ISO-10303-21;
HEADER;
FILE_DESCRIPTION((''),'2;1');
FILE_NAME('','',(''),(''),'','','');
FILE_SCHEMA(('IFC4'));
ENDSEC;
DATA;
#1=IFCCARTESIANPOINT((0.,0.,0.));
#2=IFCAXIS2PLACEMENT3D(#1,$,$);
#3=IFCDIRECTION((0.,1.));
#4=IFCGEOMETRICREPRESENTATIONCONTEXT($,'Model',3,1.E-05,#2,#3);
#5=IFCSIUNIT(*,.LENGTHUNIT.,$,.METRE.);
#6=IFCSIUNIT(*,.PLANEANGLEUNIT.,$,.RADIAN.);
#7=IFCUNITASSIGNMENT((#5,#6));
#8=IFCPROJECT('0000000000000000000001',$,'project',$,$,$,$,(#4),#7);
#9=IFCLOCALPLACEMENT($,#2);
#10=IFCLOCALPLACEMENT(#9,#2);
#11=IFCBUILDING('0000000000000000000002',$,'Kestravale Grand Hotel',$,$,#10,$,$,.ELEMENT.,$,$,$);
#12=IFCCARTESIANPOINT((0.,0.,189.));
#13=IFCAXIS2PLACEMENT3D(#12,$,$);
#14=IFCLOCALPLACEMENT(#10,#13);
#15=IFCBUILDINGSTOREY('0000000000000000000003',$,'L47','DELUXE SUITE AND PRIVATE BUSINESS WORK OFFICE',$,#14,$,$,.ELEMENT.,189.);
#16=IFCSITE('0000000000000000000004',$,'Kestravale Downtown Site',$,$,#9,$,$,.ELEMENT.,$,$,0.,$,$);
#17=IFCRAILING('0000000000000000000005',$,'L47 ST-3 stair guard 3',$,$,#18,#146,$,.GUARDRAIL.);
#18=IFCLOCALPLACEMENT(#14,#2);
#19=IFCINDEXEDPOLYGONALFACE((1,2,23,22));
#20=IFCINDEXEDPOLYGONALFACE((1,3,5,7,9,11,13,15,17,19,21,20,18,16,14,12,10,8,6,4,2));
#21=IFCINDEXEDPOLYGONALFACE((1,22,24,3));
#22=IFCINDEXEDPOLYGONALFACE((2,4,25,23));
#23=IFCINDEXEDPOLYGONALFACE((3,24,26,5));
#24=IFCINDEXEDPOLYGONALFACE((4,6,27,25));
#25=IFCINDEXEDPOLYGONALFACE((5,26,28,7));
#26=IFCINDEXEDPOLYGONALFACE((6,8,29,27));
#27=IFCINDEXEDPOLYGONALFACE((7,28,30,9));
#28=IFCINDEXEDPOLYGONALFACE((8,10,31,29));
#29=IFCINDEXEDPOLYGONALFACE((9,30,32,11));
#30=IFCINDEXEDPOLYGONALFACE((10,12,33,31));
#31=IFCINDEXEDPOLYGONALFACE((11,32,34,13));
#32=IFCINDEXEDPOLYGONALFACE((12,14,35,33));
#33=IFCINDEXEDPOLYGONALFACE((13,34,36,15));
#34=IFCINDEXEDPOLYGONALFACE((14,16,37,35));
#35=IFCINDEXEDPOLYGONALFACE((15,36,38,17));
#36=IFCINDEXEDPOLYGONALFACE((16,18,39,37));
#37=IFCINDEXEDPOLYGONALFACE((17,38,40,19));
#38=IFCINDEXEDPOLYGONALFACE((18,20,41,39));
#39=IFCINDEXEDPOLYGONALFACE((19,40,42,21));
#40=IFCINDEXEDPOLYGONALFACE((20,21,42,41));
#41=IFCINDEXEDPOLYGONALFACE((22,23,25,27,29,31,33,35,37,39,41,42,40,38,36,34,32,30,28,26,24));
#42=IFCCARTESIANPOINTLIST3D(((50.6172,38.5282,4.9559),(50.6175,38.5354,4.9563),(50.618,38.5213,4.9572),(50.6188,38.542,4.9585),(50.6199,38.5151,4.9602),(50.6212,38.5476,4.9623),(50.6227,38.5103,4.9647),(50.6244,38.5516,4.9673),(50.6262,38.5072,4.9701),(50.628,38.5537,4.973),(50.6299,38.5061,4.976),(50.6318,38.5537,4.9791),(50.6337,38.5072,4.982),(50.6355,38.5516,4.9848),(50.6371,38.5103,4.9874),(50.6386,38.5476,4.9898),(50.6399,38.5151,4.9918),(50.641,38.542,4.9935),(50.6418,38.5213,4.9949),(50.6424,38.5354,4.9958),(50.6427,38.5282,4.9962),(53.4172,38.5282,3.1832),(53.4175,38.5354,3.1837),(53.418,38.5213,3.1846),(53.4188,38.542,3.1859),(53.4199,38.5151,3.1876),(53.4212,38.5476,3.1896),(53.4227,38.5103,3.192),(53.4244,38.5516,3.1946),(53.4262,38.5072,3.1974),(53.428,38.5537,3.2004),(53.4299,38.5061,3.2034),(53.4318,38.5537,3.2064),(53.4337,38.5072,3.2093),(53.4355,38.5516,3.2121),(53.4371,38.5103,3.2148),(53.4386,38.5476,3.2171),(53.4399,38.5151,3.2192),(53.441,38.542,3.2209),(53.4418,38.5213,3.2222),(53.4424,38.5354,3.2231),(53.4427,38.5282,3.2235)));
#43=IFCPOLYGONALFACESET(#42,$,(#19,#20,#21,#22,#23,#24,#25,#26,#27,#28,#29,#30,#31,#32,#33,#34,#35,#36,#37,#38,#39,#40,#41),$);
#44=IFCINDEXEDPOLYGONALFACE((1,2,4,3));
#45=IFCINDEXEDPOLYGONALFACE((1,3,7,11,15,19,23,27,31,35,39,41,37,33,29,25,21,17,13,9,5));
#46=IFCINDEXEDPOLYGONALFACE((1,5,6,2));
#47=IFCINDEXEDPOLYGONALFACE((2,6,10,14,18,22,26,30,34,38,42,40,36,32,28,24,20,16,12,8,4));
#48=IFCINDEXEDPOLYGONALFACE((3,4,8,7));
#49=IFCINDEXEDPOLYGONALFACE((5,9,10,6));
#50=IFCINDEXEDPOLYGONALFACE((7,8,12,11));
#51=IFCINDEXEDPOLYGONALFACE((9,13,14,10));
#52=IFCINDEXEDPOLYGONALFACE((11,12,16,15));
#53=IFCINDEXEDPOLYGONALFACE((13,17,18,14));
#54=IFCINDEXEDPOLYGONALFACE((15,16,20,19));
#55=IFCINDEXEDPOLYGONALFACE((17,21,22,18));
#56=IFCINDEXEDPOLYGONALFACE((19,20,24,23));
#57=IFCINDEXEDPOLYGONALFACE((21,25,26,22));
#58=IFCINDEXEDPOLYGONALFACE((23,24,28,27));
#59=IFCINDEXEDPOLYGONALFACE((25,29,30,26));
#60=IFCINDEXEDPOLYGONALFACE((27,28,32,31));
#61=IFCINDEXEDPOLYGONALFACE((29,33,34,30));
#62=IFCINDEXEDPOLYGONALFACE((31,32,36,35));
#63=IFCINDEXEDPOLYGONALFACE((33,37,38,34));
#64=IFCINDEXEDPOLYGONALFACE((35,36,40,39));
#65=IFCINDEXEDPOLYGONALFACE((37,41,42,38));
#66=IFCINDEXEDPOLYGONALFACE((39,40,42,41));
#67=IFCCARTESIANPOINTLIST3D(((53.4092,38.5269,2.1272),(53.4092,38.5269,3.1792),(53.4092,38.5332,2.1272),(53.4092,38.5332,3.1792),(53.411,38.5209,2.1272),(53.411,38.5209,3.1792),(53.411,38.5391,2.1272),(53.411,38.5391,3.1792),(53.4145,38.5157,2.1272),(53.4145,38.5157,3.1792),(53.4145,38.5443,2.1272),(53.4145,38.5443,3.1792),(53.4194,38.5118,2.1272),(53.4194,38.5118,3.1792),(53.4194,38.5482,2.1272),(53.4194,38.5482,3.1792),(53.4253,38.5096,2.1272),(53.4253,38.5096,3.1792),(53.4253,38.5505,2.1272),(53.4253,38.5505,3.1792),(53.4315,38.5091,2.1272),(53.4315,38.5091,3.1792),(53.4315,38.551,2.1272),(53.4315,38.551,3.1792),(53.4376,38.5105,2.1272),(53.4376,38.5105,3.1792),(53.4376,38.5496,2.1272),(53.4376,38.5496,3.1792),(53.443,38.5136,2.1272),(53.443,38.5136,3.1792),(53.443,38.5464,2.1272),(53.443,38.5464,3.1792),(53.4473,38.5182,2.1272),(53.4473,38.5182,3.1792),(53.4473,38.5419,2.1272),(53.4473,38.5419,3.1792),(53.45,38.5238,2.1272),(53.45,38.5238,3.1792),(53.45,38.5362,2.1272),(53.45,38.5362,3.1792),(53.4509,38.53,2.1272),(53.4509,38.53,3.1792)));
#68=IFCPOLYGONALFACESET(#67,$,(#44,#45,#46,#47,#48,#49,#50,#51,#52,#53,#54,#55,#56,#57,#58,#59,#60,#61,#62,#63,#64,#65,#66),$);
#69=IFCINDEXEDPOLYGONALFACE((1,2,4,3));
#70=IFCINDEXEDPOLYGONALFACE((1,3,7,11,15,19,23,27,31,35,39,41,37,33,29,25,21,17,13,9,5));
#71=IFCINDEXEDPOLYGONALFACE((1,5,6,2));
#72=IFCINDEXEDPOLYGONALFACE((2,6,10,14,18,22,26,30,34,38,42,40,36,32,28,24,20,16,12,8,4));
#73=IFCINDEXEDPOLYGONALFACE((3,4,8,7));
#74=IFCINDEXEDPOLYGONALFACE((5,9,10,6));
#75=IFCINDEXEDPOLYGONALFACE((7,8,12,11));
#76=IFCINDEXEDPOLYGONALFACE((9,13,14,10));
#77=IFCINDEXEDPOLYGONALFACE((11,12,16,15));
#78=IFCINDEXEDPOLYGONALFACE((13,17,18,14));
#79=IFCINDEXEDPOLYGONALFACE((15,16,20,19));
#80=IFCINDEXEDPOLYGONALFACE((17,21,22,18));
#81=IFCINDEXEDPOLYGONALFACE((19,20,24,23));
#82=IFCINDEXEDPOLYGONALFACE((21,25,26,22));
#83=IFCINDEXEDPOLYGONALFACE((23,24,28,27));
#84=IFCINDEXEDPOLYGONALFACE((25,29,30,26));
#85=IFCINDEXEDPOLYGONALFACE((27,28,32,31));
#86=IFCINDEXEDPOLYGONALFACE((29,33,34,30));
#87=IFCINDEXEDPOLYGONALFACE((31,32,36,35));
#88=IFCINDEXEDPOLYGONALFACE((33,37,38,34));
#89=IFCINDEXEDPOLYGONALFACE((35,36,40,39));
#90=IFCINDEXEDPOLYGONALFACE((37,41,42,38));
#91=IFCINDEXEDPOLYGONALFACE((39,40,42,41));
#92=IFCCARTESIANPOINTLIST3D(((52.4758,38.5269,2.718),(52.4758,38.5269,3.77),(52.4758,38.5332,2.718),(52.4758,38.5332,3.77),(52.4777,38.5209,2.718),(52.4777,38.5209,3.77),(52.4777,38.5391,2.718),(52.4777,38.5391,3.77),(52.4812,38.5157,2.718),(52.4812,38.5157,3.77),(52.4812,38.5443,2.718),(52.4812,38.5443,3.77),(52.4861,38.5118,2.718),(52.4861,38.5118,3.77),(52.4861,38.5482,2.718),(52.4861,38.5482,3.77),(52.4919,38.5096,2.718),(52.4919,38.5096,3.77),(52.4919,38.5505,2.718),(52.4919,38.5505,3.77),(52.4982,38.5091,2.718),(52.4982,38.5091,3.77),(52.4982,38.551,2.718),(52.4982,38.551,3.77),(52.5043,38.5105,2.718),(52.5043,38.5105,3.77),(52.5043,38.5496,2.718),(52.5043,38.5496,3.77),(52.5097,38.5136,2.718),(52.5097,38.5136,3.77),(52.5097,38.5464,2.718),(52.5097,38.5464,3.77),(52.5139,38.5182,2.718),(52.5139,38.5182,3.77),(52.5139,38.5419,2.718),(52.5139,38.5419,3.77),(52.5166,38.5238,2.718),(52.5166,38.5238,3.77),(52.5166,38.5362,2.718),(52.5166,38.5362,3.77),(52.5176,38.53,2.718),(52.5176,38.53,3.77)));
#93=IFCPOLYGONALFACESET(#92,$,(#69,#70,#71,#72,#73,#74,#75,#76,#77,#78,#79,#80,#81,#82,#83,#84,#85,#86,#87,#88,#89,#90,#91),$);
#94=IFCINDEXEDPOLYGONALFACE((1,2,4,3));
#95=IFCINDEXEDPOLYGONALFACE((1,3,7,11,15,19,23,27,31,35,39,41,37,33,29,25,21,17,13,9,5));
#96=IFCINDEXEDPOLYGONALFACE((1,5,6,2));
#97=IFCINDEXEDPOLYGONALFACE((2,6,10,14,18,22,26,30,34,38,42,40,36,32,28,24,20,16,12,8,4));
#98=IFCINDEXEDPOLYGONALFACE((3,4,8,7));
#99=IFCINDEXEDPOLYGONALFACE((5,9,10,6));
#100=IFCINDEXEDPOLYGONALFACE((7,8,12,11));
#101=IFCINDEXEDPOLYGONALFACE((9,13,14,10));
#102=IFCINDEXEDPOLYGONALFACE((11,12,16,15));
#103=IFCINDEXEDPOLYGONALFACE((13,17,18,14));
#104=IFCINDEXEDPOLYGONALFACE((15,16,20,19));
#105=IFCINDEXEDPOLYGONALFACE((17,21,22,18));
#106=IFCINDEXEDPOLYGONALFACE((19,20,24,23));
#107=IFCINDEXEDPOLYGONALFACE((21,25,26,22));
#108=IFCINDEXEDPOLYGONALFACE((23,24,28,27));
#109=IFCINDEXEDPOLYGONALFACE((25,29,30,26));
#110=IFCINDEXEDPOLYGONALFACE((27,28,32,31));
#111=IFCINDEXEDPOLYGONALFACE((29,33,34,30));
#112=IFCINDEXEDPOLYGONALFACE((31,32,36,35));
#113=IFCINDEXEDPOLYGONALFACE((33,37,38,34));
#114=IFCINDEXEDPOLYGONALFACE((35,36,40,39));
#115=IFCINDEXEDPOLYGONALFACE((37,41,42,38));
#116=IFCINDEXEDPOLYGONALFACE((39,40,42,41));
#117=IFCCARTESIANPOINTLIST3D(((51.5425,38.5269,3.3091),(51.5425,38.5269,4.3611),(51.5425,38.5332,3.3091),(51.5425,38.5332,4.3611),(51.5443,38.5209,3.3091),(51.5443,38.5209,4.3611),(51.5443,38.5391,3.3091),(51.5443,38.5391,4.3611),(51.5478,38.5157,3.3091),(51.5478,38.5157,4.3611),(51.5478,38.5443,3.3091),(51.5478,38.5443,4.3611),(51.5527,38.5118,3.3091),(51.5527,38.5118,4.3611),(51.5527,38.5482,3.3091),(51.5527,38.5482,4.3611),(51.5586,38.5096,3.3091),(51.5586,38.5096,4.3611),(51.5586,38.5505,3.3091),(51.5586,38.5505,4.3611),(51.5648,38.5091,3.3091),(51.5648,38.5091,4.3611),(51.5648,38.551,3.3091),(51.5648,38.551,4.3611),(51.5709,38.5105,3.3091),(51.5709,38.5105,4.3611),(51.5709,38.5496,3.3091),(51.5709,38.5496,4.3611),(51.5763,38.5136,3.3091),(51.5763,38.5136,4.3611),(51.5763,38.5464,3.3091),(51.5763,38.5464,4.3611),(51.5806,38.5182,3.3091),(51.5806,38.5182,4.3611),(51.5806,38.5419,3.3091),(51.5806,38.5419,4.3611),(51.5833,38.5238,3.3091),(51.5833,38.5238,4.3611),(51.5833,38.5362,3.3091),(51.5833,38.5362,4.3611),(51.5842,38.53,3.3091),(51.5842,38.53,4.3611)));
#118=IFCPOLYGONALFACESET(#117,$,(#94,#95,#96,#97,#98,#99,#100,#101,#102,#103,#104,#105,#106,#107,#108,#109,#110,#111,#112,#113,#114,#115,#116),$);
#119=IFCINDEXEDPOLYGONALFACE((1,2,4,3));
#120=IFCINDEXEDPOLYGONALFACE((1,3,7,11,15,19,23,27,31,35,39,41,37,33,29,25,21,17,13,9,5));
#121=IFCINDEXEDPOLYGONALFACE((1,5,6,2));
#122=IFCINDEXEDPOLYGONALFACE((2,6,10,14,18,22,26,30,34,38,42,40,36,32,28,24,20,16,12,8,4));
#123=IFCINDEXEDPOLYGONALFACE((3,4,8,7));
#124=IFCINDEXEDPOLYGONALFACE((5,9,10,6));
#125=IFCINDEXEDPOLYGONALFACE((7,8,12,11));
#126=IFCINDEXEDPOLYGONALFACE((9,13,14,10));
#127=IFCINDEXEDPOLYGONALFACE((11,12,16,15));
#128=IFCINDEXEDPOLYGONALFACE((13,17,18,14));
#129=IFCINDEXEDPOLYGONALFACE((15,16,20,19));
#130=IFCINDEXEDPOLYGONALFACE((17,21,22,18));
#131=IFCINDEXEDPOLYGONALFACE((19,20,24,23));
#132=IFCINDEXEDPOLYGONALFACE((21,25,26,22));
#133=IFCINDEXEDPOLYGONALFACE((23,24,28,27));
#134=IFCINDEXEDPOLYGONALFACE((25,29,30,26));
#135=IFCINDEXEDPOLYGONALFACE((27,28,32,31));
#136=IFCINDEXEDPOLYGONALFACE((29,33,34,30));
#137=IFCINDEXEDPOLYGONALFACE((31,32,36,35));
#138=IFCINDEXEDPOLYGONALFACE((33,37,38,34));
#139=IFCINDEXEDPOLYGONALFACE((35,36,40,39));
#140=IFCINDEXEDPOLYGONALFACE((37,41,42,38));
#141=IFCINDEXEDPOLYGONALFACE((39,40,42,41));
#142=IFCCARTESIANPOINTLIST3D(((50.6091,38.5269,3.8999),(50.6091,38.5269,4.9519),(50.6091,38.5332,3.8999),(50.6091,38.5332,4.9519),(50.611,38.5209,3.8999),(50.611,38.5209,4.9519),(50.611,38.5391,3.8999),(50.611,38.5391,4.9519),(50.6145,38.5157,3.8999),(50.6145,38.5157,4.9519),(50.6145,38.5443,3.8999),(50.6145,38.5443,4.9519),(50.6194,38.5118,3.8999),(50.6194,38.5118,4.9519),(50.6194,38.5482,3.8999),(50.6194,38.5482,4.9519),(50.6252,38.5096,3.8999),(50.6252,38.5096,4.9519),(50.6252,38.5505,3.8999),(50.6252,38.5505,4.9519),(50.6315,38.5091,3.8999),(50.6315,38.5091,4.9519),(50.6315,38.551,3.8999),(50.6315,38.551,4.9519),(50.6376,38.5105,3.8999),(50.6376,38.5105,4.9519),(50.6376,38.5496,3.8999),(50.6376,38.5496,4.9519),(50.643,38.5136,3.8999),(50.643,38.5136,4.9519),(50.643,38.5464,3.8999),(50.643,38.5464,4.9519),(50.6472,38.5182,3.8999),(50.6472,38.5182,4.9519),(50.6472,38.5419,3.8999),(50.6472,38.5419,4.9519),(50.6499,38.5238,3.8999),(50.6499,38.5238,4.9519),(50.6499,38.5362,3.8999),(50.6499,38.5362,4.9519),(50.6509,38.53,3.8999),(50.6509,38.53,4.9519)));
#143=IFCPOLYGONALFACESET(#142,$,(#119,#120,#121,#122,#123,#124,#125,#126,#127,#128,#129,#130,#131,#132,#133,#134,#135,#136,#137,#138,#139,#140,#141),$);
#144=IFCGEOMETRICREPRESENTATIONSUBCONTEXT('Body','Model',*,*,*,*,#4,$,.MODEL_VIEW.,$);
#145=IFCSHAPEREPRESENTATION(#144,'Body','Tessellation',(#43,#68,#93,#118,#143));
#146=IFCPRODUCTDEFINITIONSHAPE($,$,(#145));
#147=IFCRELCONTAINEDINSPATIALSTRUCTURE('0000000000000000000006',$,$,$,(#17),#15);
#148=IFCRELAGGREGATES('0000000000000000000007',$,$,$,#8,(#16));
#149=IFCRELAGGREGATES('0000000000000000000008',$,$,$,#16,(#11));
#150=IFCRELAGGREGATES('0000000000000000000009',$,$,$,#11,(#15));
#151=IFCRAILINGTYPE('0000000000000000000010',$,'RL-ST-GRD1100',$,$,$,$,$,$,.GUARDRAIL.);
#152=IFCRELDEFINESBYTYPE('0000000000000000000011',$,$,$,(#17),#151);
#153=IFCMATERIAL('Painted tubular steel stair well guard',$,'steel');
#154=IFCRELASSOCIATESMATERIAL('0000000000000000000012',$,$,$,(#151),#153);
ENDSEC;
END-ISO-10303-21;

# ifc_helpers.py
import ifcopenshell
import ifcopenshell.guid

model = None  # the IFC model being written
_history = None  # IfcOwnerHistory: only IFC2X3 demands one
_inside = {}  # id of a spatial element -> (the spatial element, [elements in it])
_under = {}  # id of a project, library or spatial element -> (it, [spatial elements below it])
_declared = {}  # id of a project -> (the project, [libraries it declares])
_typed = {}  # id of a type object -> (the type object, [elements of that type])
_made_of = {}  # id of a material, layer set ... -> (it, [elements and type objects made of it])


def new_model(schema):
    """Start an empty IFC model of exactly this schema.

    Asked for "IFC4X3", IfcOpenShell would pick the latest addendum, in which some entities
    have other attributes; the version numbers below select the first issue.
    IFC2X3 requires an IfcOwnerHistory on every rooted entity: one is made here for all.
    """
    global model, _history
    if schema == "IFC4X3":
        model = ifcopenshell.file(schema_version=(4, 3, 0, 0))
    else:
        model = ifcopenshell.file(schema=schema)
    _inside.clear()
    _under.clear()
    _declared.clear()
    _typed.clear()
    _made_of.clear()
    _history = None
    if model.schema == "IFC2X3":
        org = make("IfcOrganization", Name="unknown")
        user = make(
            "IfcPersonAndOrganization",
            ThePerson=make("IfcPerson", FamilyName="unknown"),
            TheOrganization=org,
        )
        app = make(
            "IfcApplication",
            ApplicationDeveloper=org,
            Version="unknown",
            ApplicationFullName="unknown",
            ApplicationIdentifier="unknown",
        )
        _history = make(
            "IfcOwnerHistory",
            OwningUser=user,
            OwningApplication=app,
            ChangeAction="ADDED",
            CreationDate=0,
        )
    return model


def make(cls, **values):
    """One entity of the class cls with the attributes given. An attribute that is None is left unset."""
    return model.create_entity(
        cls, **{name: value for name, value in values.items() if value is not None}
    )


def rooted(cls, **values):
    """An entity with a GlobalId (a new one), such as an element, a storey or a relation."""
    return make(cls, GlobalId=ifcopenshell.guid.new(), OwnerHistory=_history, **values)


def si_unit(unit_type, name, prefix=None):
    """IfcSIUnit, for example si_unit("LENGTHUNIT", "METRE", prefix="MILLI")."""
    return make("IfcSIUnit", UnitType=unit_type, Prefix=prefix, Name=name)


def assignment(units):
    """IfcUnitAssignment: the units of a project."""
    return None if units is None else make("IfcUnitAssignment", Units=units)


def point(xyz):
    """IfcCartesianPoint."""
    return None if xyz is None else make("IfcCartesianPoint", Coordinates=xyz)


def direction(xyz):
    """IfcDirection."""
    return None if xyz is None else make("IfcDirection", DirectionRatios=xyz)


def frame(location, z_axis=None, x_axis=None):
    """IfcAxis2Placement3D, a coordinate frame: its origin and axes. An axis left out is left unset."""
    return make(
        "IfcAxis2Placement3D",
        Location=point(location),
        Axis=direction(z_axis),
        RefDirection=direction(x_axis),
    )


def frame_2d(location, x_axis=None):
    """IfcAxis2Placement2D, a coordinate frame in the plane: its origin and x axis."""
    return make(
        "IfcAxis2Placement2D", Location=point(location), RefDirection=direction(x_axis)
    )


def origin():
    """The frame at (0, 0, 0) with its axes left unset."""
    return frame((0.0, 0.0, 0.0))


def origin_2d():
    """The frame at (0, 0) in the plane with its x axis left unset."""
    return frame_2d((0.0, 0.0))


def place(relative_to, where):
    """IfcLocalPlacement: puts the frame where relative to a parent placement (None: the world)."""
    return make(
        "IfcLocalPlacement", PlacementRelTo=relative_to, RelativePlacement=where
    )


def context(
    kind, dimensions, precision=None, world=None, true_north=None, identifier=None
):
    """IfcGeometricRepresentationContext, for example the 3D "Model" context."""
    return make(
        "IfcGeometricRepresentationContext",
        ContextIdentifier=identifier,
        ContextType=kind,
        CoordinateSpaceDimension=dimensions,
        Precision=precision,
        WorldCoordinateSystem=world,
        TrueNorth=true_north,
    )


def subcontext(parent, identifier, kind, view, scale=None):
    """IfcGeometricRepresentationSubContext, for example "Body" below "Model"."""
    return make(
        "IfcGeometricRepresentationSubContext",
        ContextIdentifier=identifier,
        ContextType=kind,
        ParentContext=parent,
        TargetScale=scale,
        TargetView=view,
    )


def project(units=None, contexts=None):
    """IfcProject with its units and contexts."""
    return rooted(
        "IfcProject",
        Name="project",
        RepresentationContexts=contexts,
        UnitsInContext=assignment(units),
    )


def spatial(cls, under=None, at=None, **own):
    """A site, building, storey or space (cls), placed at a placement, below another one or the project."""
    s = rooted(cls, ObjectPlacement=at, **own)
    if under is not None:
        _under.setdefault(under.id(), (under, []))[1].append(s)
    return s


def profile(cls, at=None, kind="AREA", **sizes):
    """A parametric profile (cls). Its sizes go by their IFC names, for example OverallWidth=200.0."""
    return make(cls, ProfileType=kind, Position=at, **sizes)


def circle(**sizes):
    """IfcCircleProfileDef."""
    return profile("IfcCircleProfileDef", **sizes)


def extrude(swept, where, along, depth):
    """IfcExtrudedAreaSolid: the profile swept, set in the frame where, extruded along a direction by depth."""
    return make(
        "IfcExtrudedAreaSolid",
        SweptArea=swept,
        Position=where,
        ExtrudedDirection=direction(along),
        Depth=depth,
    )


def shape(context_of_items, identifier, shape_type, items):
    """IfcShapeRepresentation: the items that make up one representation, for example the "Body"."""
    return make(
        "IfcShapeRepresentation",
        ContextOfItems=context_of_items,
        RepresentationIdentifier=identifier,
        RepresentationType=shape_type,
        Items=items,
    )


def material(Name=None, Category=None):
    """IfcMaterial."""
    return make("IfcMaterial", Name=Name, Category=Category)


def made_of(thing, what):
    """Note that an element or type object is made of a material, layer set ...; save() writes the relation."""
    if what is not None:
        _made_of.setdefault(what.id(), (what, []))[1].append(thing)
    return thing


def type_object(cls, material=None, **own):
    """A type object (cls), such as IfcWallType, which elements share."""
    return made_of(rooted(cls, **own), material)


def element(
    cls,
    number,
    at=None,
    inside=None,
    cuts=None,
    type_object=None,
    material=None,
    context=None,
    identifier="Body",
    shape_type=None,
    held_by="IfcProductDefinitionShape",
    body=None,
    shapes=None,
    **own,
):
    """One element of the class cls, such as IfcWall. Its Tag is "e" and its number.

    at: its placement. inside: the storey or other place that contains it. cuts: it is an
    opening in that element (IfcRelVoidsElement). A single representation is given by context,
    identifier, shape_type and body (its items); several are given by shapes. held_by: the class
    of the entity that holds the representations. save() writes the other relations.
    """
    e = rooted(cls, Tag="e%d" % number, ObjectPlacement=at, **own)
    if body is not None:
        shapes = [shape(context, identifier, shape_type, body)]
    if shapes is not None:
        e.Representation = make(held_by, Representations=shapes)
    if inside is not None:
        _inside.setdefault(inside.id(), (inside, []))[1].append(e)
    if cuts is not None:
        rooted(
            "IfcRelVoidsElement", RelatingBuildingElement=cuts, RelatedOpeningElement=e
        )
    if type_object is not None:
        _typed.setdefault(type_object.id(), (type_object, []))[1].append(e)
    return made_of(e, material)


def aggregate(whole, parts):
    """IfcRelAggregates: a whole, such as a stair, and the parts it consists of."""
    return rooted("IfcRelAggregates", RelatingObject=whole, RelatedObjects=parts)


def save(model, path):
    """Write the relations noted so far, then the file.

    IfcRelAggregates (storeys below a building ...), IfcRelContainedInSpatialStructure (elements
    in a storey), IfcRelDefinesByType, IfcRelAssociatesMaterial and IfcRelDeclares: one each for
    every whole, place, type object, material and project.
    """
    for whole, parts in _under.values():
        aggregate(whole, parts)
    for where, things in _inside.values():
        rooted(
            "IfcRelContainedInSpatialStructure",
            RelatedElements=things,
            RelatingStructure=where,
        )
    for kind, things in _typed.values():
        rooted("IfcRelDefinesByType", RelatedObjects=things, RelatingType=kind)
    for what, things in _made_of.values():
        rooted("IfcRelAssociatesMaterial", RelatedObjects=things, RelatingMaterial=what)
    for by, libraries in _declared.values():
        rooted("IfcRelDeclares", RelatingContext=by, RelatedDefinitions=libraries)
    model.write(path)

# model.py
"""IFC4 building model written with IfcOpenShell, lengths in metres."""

from ifc_helpers import new_model, si_unit, direction, frame, origin, origin_2d, place, context, subcontext, project, spatial, circle, extrude, material, type_object, element, save


model = new_model("IFC4")

# Units and contexts
model_context = context("Model", 3, precision=1e-05, world=origin(), true_north=direction((0.0, 1.0)))
body_context = subcontext(model_context, "Body", "Model", "MODEL_VIEW")
ifc_project = project(units=[si_unit("LENGTHUNIT", "METRE"), si_unit("PLANEANGLEUNIT", "RADIAN")], contexts=[model_context])

# Site, building, storey
site_placement = place(None, origin())
site = spatial("IfcSite", under=ifc_project, at=site_placement, Name="Kestravale Downtown Site", CompositionType="ELEMENT", RefElevation=0.0)
building_placement = place(site_placement, origin())
building = spatial("IfcBuilding", under=site, at=building_placement, Name="Kestravale Grand Hotel", CompositionType="ELEMENT")
storey_placement = place(building_placement, frame((0.0, 0.0, 189.0)))
storey = spatial("IfcBuildingStorey", under=building, at=storey_placement, Name="L47", Description="DELUXE SUITE AND PRIVATE BUSINESS WORK OFFICE", CompositionType="ELEMENT", Elevation=189.0)

# Railing
ifc_material_1 = material(Name="Painted tubular steel stair well guard", Category="steel")
railing_type_1 = type_object("IfcRailingType", Name="RL-ST-GRD1100", PredefinedType="GUARDRAIL", material=ifc_material_1)
railing_1_placement = place(storey_placement, frame((53.4299, 38.53, 2.1272)))
element("IfcRailing", 1, at=railing_1_placement, inside=storey, type_object=railing_type_1, Name="L47 ST-3 stair guard 3", PredefinedType="GUARDRAIL", context=body_context, shape_type="SweptSolid", body=[
    extrude(circle(Radius=0.0239, at=origin_2d()), frame((0.0, 0.0, 1.0762), z_axis=(-0.844909, 0.0, 0.53491), x_axis=(0.0, -1.0, 0.0)), (0.0, 0.0, 1.0), 3.314),
    extrude(circle(Radius=0.021, at=origin_2d()), origin(), (0.0, 0.0, 1.0), 1.052),
    extrude(circle(Radius=0.021, at=origin_2d()), frame((-0.9333, 0.0, 0.5908)), (0.0, 0.0, 1.0), 1.052),
    extrude(circle(Radius=0.021, at=origin_2d()), frame((-1.8667, 0.0, 1.1819)), (0.0, 0.0, 1.0), 1.052),
    extrude(circle(Radius=0.021, at=origin_2d()), frame((-2.8, 0.0, 1.7727)), (0.0, 0.0, 1.0), 1.052),
])

save(model, "model.ifc")
